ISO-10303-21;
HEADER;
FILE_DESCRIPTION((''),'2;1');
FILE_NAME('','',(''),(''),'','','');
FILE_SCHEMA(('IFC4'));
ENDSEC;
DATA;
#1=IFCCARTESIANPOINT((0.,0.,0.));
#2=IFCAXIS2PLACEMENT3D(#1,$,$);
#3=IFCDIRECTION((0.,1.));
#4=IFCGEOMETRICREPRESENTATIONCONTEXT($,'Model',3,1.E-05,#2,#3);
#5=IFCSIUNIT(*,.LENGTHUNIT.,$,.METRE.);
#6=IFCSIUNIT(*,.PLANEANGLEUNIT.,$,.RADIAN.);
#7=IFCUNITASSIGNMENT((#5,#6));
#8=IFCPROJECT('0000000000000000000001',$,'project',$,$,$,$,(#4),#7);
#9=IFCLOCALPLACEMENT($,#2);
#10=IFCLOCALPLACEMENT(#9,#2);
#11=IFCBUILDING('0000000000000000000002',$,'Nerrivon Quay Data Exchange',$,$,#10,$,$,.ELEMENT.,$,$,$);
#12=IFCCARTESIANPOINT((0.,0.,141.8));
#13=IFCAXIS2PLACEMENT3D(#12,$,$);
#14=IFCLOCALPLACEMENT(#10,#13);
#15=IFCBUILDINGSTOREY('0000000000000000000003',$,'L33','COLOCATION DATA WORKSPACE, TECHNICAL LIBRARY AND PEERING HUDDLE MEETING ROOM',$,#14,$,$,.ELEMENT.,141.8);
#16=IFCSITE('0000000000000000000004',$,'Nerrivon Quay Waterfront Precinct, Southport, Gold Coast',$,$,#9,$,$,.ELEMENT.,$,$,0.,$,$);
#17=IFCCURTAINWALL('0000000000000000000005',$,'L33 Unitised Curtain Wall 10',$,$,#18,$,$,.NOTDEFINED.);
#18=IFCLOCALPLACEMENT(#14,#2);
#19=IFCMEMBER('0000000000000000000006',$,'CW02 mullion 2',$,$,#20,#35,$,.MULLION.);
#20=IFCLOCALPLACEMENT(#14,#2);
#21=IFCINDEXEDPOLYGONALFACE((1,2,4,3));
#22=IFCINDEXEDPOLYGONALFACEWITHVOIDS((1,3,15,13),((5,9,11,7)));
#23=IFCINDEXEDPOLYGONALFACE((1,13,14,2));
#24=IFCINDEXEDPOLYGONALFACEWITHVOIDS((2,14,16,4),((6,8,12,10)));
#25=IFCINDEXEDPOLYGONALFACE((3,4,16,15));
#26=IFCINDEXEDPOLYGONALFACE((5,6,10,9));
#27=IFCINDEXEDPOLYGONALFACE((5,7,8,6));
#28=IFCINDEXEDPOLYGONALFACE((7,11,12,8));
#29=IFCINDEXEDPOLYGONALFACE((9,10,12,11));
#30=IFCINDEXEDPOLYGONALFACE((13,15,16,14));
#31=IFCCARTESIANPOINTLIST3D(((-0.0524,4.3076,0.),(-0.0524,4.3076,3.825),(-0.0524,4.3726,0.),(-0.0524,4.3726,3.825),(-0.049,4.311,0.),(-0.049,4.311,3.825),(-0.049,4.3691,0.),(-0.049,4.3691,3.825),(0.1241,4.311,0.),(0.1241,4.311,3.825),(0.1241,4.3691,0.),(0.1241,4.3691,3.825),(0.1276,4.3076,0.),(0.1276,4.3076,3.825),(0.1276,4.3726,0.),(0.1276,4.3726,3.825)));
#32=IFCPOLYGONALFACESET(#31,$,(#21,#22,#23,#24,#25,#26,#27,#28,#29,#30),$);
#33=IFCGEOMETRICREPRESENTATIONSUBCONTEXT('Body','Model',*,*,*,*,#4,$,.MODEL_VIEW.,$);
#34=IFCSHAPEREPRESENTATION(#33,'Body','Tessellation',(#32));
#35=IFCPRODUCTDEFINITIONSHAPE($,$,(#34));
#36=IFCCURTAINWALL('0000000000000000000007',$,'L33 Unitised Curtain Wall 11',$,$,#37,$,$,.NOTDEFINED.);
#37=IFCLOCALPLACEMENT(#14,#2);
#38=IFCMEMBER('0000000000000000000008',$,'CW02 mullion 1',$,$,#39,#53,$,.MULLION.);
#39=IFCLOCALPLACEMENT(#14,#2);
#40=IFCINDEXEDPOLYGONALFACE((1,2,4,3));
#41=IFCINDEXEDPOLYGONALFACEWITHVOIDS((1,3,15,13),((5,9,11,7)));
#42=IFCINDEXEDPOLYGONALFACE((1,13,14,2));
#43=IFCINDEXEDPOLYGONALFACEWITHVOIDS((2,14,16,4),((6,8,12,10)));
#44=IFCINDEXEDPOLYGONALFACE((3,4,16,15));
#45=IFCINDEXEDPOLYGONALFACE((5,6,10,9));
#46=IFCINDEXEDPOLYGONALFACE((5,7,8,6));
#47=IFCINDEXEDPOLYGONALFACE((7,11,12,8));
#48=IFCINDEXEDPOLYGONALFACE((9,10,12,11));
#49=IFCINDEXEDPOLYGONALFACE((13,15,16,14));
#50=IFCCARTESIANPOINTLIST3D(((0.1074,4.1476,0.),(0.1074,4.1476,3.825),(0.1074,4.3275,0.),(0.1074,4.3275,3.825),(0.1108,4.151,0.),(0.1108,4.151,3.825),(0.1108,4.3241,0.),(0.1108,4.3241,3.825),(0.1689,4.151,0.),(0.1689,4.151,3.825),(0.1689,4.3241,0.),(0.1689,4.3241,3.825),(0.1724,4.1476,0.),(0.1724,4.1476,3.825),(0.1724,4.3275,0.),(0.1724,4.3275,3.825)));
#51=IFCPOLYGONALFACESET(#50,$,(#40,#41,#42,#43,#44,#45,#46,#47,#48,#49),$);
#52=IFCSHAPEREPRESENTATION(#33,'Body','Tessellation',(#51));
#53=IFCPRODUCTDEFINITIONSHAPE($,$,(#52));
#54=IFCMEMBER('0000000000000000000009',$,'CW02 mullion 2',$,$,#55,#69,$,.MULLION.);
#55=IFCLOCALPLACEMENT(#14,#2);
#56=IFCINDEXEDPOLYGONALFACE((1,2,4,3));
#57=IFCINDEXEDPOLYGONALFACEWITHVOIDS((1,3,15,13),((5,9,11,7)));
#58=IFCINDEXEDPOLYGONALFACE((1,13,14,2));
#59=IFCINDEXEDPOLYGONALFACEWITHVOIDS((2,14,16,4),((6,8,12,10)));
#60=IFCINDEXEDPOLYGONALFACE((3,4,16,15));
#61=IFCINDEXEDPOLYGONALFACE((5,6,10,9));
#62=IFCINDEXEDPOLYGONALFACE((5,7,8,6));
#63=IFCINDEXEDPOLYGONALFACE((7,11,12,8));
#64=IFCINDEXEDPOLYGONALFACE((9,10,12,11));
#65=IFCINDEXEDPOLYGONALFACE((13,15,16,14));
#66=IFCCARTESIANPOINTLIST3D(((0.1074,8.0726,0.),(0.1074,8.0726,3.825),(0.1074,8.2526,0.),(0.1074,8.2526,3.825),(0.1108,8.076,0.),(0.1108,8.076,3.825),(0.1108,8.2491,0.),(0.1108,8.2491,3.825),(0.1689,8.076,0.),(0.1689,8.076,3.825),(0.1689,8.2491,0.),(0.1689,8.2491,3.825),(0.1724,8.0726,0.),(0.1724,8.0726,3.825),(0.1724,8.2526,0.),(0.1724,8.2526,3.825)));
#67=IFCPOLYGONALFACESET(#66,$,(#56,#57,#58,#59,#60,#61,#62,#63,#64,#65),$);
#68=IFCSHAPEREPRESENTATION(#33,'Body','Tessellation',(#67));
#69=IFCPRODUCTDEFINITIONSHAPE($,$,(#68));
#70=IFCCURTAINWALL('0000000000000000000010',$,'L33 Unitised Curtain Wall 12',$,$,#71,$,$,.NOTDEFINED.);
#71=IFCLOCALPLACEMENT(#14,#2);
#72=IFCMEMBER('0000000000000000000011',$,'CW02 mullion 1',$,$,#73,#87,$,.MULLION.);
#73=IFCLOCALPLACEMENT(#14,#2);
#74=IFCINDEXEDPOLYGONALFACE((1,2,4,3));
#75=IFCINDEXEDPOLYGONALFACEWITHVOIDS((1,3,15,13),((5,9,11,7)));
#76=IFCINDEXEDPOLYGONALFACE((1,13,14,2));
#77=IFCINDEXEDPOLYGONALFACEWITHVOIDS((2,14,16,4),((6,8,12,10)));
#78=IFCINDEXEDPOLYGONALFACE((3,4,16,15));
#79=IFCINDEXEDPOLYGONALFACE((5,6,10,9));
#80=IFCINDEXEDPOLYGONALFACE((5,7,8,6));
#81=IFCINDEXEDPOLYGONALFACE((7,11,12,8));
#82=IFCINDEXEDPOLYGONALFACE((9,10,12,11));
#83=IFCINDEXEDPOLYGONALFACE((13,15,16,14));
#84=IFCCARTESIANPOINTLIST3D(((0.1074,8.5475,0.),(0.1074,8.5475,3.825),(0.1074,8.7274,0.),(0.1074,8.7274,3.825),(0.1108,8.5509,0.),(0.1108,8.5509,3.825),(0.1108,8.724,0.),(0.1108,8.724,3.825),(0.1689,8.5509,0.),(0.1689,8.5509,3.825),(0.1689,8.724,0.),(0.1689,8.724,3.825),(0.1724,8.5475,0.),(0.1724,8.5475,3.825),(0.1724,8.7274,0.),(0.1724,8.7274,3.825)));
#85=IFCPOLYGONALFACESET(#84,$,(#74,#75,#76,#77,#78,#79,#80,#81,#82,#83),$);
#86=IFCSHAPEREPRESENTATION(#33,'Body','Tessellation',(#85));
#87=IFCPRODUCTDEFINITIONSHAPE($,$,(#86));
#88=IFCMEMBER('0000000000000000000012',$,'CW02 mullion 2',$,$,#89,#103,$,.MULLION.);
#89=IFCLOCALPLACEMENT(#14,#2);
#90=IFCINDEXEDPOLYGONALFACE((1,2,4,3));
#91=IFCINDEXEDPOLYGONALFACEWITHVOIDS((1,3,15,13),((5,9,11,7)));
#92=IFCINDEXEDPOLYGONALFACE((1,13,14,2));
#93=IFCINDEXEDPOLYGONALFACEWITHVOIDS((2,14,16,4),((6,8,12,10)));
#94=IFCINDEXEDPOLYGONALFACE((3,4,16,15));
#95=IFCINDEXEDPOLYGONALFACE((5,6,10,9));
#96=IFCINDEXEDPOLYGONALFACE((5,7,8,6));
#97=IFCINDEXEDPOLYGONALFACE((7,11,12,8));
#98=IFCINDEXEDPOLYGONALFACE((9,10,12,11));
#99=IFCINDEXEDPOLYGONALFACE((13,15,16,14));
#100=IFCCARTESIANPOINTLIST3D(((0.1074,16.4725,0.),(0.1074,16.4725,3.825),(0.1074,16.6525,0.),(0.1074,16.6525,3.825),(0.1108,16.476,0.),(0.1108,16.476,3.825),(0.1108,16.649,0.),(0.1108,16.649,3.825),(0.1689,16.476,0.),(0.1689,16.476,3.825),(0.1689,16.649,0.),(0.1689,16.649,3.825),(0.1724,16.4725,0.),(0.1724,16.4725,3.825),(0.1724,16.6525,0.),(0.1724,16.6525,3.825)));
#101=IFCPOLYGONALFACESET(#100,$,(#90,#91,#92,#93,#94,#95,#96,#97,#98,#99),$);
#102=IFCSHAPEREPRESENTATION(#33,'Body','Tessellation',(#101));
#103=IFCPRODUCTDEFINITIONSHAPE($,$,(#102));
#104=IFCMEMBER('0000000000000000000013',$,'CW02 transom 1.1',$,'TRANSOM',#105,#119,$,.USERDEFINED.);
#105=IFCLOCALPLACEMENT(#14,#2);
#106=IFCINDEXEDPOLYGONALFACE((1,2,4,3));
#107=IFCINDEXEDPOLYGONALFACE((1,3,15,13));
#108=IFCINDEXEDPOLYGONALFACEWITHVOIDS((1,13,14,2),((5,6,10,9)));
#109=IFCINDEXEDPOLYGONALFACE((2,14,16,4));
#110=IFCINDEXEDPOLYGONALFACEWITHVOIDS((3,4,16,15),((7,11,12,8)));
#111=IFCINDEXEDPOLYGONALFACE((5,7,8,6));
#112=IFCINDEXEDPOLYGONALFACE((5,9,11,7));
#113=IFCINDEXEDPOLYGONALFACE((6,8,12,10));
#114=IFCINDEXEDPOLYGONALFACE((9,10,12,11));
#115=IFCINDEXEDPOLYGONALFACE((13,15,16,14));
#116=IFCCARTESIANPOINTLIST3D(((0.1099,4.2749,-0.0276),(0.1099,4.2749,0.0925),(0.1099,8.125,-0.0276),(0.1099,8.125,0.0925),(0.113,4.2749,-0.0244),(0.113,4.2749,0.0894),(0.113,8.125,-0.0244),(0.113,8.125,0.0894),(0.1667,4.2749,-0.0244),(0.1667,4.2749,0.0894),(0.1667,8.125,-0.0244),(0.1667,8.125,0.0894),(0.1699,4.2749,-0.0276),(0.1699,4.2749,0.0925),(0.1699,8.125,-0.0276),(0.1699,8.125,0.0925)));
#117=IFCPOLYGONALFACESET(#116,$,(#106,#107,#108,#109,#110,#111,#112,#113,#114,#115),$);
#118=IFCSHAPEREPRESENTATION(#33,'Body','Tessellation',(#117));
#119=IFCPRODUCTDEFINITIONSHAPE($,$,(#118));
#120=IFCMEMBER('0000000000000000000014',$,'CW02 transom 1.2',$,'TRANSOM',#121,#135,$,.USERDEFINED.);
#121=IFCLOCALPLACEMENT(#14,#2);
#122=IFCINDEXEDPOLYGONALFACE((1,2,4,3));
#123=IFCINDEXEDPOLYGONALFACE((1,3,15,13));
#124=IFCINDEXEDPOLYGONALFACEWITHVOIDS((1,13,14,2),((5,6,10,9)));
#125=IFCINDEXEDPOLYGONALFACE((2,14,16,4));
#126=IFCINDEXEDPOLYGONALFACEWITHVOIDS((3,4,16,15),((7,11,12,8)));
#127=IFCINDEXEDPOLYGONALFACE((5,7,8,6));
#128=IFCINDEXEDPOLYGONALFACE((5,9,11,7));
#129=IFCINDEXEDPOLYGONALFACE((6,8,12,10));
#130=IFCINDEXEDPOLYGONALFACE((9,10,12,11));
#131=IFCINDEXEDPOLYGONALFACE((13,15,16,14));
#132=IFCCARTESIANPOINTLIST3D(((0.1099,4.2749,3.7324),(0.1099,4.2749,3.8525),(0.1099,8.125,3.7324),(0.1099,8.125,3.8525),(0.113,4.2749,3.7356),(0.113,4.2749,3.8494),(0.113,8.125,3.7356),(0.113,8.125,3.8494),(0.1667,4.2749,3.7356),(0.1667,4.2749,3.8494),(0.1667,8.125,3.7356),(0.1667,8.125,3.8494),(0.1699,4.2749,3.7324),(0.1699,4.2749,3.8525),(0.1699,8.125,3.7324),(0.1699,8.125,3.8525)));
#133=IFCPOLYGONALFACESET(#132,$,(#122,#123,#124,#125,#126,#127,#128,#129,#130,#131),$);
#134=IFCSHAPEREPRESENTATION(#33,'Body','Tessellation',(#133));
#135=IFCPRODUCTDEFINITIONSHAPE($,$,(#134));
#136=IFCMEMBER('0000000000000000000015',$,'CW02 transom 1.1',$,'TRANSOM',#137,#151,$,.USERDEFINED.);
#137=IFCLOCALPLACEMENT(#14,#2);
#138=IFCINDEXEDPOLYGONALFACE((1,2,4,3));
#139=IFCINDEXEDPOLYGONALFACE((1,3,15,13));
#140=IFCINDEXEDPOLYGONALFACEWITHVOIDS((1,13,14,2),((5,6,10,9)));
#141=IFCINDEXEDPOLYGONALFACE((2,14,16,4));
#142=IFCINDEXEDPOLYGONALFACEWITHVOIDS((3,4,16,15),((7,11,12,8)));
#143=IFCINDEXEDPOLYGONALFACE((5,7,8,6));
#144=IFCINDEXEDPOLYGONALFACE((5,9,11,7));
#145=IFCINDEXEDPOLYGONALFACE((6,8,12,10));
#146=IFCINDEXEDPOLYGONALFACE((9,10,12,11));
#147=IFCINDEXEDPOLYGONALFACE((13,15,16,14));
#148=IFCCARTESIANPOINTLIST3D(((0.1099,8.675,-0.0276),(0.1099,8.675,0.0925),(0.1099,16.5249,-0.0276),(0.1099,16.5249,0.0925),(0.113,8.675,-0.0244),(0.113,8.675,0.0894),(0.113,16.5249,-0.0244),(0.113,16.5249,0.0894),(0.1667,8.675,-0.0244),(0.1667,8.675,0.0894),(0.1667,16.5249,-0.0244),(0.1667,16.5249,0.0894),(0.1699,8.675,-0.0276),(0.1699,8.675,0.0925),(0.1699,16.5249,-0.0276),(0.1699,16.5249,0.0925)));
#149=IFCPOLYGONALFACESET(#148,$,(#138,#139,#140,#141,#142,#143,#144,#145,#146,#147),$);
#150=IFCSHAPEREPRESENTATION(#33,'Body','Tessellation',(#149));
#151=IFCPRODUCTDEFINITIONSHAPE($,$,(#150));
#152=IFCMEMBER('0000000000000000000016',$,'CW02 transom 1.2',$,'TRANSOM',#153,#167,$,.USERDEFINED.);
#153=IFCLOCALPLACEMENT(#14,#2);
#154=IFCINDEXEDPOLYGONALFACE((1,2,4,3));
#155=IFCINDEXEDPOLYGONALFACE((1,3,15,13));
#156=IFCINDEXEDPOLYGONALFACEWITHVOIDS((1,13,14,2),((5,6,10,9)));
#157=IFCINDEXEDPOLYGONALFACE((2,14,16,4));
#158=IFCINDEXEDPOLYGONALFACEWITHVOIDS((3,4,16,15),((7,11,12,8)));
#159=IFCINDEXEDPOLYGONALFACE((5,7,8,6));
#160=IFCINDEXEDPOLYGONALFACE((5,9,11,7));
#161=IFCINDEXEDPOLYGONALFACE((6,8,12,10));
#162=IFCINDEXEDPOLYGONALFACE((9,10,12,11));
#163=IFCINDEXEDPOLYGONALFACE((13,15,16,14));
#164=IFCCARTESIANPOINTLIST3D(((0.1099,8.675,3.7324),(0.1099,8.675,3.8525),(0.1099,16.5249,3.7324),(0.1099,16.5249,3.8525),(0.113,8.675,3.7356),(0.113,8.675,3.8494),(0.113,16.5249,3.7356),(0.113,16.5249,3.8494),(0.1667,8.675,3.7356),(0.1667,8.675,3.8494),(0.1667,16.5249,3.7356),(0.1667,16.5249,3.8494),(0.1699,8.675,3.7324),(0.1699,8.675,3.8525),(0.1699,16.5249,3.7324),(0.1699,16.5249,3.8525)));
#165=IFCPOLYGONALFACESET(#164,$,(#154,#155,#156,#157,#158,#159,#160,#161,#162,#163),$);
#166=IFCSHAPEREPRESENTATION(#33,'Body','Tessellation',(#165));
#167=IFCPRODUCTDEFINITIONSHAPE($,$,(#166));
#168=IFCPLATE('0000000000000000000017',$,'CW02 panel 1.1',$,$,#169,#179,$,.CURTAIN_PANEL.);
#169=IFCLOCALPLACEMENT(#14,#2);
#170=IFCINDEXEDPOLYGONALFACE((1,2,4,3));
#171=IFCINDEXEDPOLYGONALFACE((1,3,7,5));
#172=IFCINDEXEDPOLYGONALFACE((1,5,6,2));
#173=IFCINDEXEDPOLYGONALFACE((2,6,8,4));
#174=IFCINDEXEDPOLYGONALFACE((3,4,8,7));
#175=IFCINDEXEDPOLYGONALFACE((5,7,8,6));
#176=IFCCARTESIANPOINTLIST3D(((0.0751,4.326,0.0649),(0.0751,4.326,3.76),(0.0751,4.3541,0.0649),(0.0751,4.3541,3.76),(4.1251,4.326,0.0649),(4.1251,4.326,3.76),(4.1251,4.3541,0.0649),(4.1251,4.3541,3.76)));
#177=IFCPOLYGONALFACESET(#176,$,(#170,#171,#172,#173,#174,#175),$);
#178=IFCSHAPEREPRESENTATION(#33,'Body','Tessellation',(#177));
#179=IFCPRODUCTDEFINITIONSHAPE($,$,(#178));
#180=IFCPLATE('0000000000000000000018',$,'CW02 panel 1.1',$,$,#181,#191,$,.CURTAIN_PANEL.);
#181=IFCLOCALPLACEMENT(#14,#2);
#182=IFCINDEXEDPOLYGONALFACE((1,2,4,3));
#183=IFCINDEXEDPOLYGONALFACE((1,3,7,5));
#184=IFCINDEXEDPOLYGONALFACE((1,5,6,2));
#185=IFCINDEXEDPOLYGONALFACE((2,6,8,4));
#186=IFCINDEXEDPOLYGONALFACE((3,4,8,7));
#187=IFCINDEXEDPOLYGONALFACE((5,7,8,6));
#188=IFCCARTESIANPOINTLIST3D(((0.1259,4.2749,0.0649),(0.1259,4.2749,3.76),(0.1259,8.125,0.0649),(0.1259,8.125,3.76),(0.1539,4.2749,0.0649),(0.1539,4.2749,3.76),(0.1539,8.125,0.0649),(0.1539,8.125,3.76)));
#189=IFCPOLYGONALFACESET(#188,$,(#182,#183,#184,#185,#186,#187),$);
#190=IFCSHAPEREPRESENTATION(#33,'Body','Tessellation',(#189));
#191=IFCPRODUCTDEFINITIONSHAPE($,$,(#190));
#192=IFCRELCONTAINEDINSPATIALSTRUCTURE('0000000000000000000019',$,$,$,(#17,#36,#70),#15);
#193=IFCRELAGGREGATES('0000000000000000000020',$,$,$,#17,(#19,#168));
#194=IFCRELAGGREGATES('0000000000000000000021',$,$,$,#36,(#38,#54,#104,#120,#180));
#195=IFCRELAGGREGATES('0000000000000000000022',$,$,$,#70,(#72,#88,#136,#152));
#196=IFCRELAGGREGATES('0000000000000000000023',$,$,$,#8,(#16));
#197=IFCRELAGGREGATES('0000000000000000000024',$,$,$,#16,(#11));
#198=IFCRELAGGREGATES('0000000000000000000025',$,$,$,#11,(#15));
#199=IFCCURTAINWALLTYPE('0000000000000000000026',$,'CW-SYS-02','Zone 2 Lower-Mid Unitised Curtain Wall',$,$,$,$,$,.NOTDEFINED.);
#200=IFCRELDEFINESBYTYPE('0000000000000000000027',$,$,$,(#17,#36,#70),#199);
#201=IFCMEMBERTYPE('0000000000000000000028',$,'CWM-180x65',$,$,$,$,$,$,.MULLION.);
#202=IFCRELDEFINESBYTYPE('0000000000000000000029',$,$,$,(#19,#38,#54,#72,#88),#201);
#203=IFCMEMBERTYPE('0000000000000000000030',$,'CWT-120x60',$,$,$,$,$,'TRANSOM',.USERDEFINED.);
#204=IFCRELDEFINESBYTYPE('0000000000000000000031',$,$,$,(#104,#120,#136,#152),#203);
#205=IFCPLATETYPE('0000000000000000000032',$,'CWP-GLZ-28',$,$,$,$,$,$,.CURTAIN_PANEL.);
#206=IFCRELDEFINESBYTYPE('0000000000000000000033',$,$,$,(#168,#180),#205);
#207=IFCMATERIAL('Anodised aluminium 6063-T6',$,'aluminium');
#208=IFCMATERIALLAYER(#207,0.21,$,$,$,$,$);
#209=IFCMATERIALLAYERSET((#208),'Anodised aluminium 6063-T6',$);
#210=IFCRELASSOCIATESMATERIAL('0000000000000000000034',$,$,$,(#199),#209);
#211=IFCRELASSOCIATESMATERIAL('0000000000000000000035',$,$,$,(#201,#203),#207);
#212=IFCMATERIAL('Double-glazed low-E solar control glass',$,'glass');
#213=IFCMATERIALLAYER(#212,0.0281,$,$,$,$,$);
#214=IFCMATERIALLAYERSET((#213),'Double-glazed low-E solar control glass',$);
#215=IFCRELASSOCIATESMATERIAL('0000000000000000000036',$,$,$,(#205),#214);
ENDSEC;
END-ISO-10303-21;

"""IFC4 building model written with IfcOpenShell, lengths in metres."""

from ifc_helpers import new_model, si_unit, direction, frame, origin, origin_2d, place, context, subcontext, project, spatial, rectangle, hollow_rectangle, extrude, material, layer, layer_set, material_profile, profile_set, type_object, element, aggregate, save


model = new_model("IFC4")

# Units and contexts
model_context = context("Model", 3, precision=1e-05, world=origin(), true_north=direction((0.0, 1.0)))
body_context = subcontext(model_context, "Body", "Model", "MODEL_VIEW")
ifc_project = project(units=[si_unit("LENGTHUNIT", "METRE"), si_unit("PLANEANGLEUNIT", "RADIAN")], contexts=[model_context])

# Site, building, storey
site_placement = place(None, origin())
site = spatial("IfcSite", under=ifc_project, at=site_placement, Name="Nerrivon Quay Waterfront Precinct, Southport, Gold Coast", CompositionType="ELEMENT", RefElevation=0.0)
building_placement = place(site_placement, origin())
building = spatial("IfcBuilding", under=site, at=building_placement, Name="Nerrivon Quay Data Exchange", CompositionType="ELEMENT")
storey_placement = place(building_placement, frame((0.0, 0.0, 141.8)))
storey = spatial("IfcBuildingStorey", under=building, at=storey_placement, Name="L33", Description="COLOCATION DATA WORKSPACE, TECHNICAL LIBRARY AND PEERING HUDDLE MEETING ROOM", CompositionType="ELEMENT", Elevation=141.8)

# Curtain wall, member
ifc_material_1 = material(Name="Anodised aluminium 6063-T6", Category="aluminium")
ifc_layer_1 = layer(ifc_material_1, 0.21)
ifc_layer_set_1 = layer_set([ifc_layer_1], Name="Anodised aluminium 6063-T6")
curtain_wall_type = type_object("IfcCurtainWallType", Name="CW-SYS-02", Description="Zone 2 Lower-Mid Unitised Curtain Wall", PredefinedType="NOTDEFINED", material=ifc_layer_set_1)
curtain_wall_1_placement = place(storey_placement, origin())
curtain_wall_1 = element("IfcCurtainWall", 1, at=curtain_wall_1_placement, inside=storey, type_object=curtain_wall_type, Name="L33 Unitised Curtain Wall 10", PredefinedType="NOTDEFINED")
ifc_material_profile_1 = material_profile(ifc_material_1, hollow_rectangle(XDim=0.0649, YDim=0.1799, WallThickness=0.0034, at=origin_2d()), Name="ALU-MULL-180x65")
ifc_profile_set_1 = profile_set([ifc_material_profile_1], Name="Anodised aluminium 6063-T6")
member_type_1 = type_object("IfcMemberType", Name="CWM-180x65", PredefinedType="MULLION", material=ifc_profile_set_1)
member_1_placement = place(storey_placement, frame((0.0376, 4.3401, 0.0), z_axis=(0.0, 0.0, 1.0), x_axis=(0.0, -1.0, 0.0)))
member_1 = element("IfcMember", 2, at=member_1_placement, type_object=member_type_1, Name="CW02 mullion 2", PredefinedType="MULLION", context=body_context, shape_type="SweptSolid", body=[
    extrude(hollow_rectangle(XDim=0.0649, YDim=0.1799, WallThickness=0.0034, at=origin_2d()), origin(), (0.0, 0.0, 1.0), 3.825),
])

# Curtain walls, members
curtain_wall_2_placement = place(storey_placement, origin())
curtain_wall_2 = element("IfcCurtainWall", 3, at=curtain_wall_2_placement, inside=storey, type_object=curtain_wall_type, Name="L33 Unitised Curtain Wall 11", PredefinedType="NOTDEFINED")
member_2_placement = place(storey_placement, frame((0.1399, 4.2375, 0.0), z_axis=(0.0, 0.0, 1.0), x_axis=(-1.0, 0.0, 0.0)))
member_2 = element("IfcMember", 4, at=member_2_placement, type_object=member_type_1, Name="CW02 mullion 1", PredefinedType="MULLION", context=body_context, shape_type="SweptSolid", body=[
    extrude(hollow_rectangle(XDim=0.0649, YDim=0.1799, WallThickness=0.0034, at=origin_2d()), origin(), (0.0, 0.0, 1.0), 3.825),
])
member_3_placement = place(storey_placement, frame((0.1399, 8.1626, 0.0), z_axis=(0.0, 0.0, 1.0), x_axis=(-1.0, 0.0, 0.0)))
member_3 = element("IfcMember", 5, at=member_3_placement, type_object=member_type_1, Name="CW02 mullion 2", PredefinedType="MULLION", context=body_context, shape_type="SweptSolid", body=[
    extrude(hollow_rectangle(XDim=0.0649, YDim=0.1799, WallThickness=0.0034, at=origin_2d()), origin(), (0.0, 0.0, 1.0), 3.825),
])
curtain_wall_3_placement = place(storey_placement, origin())
curtain_wall_3 = element("IfcCurtainWall", 6, at=curtain_wall_3_placement, inside=storey, type_object=curtain_wall_type, Name="L33 Unitised Curtain Wall 12", PredefinedType="NOTDEFINED")
member_4_placement = place(storey_placement, frame((0.1399, 8.6375, 0.0), z_axis=(0.0, 0.0, 1.0), x_axis=(-1.0, 0.0, 0.0)))
member_4 = element("IfcMember", 7, at=member_4_placement, type_object=member_type_1, Name="CW02 mullion 1", PredefinedType="MULLION", context=body_context, shape_type="SweptSolid", body=[
    extrude(hollow_rectangle(XDim=0.0649, YDim=0.1799, WallThickness=0.0034, at=origin_2d()), origin(), (0.0, 0.0, 1.0), 3.825),
])
member_5_placement = place(storey_placement, frame((0.1399, 16.5625, 0.0), z_axis=(0.0, 0.0, 1.0), x_axis=(-1.0, 0.0, 0.0)))
member_5 = element("IfcMember", 8, at=member_5_placement, type_object=member_type_1, Name="CW02 mullion 2", PredefinedType="MULLION", context=body_context, shape_type="SweptSolid", body=[
    extrude(hollow_rectangle(XDim=0.0649, YDim=0.1799, WallThickness=0.0034, at=origin_2d()), origin(), (0.0, 0.0, 1.0), 3.825),
])

# Members
ifc_material_profile_2 = material_profile(ifc_material_1, hollow_rectangle(XDim=0.0601, YDim=0.1201, WallThickness=0.0032, at=origin_2d()), Name="ALU-TRAN-120x60")
ifc_profile_set_2 = profile_set([ifc_material_profile_2], Name="Anodised aluminium 6063-T6")
member_type_2 = type_object("IfcMemberType", Name="CWT-120x60", ElementType="TRANSOM", PredefinedType="USERDEFINED", material=ifc_profile_set_2)
member_6_placement = place(storey_placement, frame((0.1399, 4.2749, 0.0325), z_axis=(0.0, 1.0, 0.0), x_axis=(-1.0, 0.0, 0.0)))
member_6 = element("IfcMember", 9, at=member_6_placement, type_object=member_type_2, Name="CW02 transom 1.1", ObjectType="TRANSOM", PredefinedType="USERDEFINED", context=body_context, shape_type="SweptSolid", body=[
    extrude(hollow_rectangle(XDim=0.0601, YDim=0.1201, WallThickness=0.0032, at=origin_2d()), origin(), (0.0, 0.0, 1.0), 3.8501),
])
member_7_placement = place(storey_placement, frame((0.1399, 4.2749, 3.7925), z_axis=(0.0, 1.0, 0.0), x_axis=(-1.0, 0.0, 0.0)))
member_7 = element("IfcMember", 10, at=member_7_placement, type_object=member_type_2, Name="CW02 transom 1.2", ObjectType="TRANSOM", PredefinedType="USERDEFINED", context=body_context, shape_type="SweptSolid", body=[
    extrude(hollow_rectangle(XDim=0.0601, YDim=0.1201, WallThickness=0.0032, at=origin_2d()), origin(), (0.0, 0.0, 1.0), 3.8501),
])
member_8_placement = place(storey_placement, frame((0.1399, 8.675, 0.0325), z_axis=(0.0, 1.0, 0.0), x_axis=(-1.0, 0.0, 0.0)))
member_8 = element("IfcMember", 11, at=member_8_placement, type_object=member_type_2, Name="CW02 transom 1.1", ObjectType="TRANSOM", PredefinedType="USERDEFINED", context=body_context, shape_type="SweptSolid", body=[
    extrude(hollow_rectangle(XDim=0.0601, YDim=0.1201, WallThickness=0.0032, at=origin_2d()), origin(), (0.0, 0.0, 1.0), 7.8499),
])
member_9_placement = place(storey_placement, frame((0.1399, 8.675, 3.7925), z_axis=(0.0, 1.0, 0.0), x_axis=(-1.0, 0.0, 0.0)))
member_9 = element("IfcMember", 12, at=member_9_placement, type_object=member_type_2, Name="CW02 transom 1.2", ObjectType="TRANSOM", PredefinedType="USERDEFINED", context=body_context, shape_type="SweptSolid", body=[
    extrude(hollow_rectangle(XDim=0.0601, YDim=0.1201, WallThickness=0.0032, at=origin_2d()), origin(), (0.0, 0.0, 1.0), 7.8499),
])

# Plates
ifc_material_2 = material(Name="Double-glazed low-E solar control glass", Category="glass")
ifc_layer_2 = layer(ifc_material_2, 0.0281)
ifc_layer_set_2 = layer_set([ifc_layer_2], Name="Double-glazed low-E solar control glass")
plate_type = type_object("IfcPlateType", Name="CWP-GLZ-28", PredefinedType="CURTAIN_PANEL", material=ifc_layer_set_2)
plate_1_placement = place(storey_placement, frame((2.1001, 4.3401, 0.0649), z_axis=(0.0, 0.0, 1.0), x_axis=(-1.0, 0.0, 0.0)))
plate_1 = element("IfcPlate", 13, at=plate_1_placement, type_object=plate_type, Name="CW02 panel 1.1", PredefinedType="CURTAIN_PANEL", context=body_context, shape_type="SweptSolid", body=[
    extrude(rectangle(XDim=4.05, YDim=0.0281, at=origin_2d()), origin(), (0.0, 0.0, 1.0), 3.6951),
])
aggregate(curtain_wall_1, [member_1, plate_1])
plate_2_placement = place(storey_placement, frame((0.1399, 6.2, 0.0649), z_axis=(0.0, 0.0, 1.0), x_axis=(0.0, 1.0, 0.0)))
plate_2 = element("IfcPlate", 14, at=plate_2_placement, type_object=plate_type, Name="CW02 panel 1.1", PredefinedType="CURTAIN_PANEL", context=body_context, shape_type="SweptSolid", body=[
    extrude(rectangle(XDim=3.8501, YDim=0.0281, at=origin_2d()), origin(), (0.0, 0.0, 1.0), 3.6951),
])
aggregate(curtain_wall_2, [member_2, member_3, member_6, member_7, plate_2])
aggregate(curtain_wall_3, [member_4, member_5, member_8, member_9])

save(model, "model.ifc")
